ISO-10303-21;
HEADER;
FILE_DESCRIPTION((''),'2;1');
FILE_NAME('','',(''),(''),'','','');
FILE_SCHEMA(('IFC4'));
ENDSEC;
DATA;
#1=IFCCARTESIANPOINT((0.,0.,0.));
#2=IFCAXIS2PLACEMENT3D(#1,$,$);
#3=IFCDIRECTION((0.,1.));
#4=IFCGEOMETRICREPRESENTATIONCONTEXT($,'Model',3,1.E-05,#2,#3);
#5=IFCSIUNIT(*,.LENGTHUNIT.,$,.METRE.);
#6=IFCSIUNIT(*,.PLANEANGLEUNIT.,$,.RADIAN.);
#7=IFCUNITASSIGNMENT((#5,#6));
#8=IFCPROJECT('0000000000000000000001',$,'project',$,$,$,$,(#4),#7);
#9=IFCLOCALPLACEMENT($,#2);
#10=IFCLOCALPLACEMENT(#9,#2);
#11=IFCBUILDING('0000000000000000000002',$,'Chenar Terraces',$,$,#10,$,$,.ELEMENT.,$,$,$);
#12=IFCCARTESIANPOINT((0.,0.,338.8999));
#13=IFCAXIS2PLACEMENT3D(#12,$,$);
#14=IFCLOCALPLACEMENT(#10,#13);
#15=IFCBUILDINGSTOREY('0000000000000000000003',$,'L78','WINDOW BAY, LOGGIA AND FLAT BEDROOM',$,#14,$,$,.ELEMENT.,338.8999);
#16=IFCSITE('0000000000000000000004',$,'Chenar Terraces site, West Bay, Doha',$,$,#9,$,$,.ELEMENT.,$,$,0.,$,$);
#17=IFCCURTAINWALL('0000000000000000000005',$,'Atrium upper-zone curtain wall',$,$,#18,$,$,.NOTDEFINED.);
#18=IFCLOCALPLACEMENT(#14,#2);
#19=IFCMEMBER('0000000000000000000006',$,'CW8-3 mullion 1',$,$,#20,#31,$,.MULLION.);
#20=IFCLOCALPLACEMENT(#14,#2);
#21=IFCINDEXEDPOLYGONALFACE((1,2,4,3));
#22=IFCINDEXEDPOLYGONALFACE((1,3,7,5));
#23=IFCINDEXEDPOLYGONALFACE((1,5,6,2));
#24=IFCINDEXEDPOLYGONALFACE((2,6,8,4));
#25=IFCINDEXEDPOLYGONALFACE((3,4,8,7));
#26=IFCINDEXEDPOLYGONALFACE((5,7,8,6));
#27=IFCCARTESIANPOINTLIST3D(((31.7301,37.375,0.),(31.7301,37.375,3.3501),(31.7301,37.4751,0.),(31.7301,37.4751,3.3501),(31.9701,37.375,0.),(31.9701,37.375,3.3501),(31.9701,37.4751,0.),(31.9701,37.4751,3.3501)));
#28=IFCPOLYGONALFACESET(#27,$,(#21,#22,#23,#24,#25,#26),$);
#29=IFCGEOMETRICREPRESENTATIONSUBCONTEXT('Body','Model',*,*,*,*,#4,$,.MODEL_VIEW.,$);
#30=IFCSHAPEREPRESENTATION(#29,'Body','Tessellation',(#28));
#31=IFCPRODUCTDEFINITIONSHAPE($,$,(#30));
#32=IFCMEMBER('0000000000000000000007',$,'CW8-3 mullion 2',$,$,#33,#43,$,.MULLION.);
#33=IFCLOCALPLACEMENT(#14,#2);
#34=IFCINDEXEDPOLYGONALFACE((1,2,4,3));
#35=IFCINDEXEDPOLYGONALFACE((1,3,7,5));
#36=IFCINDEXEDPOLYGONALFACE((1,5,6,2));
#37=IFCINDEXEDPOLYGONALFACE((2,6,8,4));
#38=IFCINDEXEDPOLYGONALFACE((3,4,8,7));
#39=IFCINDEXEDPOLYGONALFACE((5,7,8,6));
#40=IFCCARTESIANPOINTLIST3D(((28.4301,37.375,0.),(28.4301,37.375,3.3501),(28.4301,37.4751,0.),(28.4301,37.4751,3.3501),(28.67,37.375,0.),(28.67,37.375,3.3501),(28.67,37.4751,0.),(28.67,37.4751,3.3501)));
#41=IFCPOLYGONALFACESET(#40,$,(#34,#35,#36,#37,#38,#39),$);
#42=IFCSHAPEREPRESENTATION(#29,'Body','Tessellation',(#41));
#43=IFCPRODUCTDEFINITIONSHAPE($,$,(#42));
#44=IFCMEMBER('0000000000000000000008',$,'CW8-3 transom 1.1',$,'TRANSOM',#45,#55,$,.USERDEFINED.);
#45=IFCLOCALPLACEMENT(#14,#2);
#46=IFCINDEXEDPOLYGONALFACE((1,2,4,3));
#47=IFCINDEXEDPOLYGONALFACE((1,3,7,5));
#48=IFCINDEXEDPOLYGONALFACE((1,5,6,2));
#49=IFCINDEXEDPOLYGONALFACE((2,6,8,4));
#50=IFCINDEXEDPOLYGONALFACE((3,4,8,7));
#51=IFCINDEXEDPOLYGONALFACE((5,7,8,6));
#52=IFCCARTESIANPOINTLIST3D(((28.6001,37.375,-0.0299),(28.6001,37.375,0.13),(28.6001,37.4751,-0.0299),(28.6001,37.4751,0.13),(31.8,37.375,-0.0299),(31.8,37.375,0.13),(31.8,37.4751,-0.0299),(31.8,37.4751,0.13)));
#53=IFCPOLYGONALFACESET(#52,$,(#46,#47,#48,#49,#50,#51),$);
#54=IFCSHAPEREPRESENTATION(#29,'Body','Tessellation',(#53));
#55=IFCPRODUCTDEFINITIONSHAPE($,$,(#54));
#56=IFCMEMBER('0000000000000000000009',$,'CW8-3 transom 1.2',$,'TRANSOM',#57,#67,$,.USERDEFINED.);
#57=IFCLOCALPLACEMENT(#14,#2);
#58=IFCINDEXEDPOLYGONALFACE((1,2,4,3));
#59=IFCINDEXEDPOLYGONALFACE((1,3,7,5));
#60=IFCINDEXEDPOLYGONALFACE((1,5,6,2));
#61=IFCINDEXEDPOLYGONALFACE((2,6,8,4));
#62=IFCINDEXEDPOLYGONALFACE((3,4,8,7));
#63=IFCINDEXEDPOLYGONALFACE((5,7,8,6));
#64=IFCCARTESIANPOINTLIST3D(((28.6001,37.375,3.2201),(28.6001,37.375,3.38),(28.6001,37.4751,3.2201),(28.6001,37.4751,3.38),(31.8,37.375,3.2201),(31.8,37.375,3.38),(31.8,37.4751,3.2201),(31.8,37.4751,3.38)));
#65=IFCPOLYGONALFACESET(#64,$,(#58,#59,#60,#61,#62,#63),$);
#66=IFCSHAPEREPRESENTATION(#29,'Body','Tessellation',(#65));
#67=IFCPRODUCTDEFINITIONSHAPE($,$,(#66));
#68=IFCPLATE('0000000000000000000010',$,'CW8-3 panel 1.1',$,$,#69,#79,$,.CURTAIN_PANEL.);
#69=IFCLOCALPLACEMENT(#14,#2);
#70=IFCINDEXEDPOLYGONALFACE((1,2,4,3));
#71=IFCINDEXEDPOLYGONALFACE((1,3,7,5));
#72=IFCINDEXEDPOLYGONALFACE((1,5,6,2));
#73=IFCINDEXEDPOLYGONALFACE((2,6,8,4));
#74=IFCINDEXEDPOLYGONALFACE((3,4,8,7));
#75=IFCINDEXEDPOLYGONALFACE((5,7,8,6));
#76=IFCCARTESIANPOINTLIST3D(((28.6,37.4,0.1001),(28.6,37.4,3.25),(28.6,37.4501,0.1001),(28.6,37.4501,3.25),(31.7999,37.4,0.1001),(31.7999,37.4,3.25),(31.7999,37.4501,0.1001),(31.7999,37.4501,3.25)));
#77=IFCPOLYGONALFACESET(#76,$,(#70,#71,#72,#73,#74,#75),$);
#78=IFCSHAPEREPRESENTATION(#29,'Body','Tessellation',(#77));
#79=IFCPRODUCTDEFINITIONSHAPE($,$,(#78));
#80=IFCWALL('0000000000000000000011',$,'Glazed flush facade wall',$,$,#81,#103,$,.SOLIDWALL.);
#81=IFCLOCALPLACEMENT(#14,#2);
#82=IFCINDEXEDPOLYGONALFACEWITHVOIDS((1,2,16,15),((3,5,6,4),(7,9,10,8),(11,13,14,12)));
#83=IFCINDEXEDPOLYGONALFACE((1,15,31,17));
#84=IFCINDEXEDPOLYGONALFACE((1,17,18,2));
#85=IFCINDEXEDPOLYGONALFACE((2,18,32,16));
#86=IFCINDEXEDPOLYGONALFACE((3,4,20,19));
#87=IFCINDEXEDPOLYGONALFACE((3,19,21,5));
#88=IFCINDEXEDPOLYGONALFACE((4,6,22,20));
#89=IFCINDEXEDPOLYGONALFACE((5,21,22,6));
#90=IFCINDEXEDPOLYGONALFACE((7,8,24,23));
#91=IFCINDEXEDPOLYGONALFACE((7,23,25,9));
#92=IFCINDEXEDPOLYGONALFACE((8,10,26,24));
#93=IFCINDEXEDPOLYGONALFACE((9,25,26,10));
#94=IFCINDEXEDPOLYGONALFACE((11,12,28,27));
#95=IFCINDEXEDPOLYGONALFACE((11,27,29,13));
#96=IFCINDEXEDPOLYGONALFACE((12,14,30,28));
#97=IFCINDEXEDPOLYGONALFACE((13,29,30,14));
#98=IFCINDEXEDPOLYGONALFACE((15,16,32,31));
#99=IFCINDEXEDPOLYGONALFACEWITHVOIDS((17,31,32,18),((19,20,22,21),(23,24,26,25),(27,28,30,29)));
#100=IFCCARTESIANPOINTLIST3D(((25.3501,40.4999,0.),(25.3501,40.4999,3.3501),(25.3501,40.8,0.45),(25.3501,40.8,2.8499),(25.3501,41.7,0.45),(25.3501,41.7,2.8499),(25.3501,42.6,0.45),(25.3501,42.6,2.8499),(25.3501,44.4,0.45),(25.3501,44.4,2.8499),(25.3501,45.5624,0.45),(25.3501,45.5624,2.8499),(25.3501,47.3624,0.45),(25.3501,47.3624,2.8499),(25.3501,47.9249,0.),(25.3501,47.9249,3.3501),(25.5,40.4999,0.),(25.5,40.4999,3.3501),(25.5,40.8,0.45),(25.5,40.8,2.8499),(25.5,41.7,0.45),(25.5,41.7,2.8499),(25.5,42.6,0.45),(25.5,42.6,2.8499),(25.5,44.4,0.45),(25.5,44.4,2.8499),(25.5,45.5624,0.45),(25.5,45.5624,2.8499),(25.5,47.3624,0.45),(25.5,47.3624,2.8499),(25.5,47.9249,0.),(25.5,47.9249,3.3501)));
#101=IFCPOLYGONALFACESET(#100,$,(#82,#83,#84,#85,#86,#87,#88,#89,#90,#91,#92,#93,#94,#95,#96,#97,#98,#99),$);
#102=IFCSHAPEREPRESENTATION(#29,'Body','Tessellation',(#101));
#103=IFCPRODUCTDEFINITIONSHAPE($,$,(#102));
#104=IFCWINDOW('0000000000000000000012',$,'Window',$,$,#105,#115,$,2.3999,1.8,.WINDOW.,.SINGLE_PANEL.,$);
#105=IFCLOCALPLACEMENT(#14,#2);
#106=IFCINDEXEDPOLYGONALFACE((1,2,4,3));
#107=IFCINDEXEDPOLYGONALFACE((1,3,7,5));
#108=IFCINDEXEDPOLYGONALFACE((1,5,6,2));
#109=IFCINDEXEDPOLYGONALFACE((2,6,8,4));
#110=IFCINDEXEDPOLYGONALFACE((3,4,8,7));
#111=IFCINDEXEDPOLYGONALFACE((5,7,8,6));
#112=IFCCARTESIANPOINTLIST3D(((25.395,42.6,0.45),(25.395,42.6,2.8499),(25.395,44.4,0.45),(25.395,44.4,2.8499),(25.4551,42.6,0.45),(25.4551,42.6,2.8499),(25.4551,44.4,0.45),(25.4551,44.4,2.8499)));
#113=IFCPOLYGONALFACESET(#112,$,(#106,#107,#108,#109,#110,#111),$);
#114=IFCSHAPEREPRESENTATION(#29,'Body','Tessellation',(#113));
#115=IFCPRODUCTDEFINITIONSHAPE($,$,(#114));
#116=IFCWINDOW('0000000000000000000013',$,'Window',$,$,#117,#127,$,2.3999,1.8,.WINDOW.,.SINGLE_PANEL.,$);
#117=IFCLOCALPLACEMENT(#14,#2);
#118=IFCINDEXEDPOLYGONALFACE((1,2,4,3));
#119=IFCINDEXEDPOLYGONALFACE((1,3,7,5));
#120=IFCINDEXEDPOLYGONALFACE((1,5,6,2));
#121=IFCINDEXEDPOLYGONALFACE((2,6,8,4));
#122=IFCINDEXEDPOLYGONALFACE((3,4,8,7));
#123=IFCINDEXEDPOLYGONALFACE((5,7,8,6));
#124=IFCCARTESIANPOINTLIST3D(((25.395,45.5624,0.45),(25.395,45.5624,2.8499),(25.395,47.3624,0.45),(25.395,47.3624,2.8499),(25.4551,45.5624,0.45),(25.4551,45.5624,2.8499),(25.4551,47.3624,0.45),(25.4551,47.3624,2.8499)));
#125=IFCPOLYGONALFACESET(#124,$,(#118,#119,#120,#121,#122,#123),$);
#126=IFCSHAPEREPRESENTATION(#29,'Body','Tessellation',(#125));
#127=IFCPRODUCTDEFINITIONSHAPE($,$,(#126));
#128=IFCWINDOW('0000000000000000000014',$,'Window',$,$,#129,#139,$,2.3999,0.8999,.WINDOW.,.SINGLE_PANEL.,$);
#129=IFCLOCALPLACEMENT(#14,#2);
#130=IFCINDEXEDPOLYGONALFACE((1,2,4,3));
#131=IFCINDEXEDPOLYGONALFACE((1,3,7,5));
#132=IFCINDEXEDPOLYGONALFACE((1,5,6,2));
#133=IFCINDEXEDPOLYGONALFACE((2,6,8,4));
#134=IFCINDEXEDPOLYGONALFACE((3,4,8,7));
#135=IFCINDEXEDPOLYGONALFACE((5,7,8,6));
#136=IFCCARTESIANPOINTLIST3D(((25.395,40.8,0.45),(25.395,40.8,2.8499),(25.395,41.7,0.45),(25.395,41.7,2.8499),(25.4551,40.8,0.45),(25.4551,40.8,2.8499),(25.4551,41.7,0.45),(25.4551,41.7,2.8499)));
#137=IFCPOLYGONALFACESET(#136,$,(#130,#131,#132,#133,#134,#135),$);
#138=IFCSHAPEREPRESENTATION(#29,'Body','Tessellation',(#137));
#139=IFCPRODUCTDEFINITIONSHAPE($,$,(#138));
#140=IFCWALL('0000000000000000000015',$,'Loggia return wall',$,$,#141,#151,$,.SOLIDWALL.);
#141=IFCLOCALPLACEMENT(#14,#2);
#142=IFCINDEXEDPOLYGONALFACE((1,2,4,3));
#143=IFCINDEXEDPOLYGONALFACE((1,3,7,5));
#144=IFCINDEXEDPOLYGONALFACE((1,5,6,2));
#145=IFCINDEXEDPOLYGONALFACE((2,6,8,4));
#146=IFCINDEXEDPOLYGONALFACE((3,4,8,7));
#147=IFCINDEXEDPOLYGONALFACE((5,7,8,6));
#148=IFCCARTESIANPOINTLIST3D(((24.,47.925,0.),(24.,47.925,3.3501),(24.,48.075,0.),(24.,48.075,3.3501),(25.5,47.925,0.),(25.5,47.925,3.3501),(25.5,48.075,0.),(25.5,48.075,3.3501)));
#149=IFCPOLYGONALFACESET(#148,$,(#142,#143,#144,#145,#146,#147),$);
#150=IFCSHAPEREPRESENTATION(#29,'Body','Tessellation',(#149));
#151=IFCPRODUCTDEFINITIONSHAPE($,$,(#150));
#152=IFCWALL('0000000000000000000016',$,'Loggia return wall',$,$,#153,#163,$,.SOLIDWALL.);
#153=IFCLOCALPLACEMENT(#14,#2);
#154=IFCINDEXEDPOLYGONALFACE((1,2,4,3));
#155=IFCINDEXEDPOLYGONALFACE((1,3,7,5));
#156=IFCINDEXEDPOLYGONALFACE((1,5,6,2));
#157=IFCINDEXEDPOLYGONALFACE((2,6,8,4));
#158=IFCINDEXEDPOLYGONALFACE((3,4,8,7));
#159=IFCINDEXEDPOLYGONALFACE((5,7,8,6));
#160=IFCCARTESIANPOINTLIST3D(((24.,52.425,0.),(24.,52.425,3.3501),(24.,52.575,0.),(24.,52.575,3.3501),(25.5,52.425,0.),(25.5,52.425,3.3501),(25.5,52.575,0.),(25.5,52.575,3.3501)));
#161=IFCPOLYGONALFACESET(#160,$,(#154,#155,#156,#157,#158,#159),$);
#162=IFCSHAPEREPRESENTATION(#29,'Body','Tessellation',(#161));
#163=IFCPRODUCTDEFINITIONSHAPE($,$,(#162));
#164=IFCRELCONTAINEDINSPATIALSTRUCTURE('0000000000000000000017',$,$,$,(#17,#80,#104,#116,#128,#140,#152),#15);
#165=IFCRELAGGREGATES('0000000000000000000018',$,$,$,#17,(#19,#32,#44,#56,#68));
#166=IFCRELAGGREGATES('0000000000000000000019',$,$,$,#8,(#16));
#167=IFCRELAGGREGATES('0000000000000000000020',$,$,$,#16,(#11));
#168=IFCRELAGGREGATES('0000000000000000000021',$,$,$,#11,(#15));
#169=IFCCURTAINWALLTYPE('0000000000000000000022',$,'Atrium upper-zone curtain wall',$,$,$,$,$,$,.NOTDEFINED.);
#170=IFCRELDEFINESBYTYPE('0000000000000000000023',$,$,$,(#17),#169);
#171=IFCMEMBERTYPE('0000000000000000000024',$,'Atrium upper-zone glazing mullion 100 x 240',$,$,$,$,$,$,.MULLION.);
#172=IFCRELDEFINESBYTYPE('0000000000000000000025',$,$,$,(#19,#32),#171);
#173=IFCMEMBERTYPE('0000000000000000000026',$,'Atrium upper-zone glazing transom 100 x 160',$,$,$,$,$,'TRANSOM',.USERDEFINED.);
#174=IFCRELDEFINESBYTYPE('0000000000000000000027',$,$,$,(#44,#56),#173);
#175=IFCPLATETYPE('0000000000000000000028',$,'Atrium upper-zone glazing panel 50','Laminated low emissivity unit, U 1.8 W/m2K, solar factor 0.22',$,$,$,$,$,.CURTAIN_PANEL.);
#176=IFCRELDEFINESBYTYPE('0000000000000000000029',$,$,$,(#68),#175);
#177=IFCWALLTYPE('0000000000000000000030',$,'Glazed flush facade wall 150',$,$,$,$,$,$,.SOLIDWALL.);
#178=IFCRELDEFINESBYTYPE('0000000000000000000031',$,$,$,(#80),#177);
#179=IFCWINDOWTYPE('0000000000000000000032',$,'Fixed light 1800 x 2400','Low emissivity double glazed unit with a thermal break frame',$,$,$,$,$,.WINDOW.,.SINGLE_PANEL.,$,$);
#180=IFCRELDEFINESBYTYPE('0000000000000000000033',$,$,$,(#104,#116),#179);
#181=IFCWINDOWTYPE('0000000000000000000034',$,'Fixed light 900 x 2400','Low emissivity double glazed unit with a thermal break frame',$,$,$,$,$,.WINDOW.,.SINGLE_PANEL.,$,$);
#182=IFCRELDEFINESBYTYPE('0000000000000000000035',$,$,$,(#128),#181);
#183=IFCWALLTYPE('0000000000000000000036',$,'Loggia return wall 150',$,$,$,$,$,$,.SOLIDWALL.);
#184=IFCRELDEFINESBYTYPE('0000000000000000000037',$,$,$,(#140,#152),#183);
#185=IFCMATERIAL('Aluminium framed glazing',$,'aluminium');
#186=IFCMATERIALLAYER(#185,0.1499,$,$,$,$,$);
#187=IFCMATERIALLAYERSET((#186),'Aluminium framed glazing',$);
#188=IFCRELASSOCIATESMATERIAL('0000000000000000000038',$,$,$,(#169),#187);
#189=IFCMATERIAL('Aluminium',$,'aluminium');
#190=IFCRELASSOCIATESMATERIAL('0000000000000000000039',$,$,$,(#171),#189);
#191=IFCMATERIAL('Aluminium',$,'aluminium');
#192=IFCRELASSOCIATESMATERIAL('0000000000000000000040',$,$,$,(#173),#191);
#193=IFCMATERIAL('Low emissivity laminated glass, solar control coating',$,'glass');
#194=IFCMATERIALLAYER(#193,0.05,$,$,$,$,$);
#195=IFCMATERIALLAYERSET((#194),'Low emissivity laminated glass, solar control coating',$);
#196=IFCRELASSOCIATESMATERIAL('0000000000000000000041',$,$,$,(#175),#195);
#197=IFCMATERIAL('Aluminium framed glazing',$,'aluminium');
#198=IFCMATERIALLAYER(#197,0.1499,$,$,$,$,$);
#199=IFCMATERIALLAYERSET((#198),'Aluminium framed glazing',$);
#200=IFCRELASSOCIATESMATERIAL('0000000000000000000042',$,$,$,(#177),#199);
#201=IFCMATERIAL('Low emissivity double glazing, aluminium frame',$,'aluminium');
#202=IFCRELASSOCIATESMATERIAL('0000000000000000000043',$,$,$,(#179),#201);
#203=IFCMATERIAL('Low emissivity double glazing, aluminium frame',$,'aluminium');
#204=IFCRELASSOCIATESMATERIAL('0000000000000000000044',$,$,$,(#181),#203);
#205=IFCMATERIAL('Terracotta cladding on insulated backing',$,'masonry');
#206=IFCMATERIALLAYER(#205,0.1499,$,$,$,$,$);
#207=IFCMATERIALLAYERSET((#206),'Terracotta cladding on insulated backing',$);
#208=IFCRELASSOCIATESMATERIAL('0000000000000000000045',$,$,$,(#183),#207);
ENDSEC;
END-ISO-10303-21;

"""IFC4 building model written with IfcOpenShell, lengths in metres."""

from ifc_helpers import new_model, si_unit, direction, frame, frame_2d, origin, origin_2d, place, context, subcontext, project, spatial, rectangle, extrude, material, layer, layer_set, material_profile, profile_set, type_object, element, fill, aggregate, save


model = new_model("IFC4")

# Units and contexts
model_context = context("Model", 3, precision=1e-05, world=origin(), true_north=direction((0.0, 1.0)))
body_context = subcontext(model_context, "Body", "Model", "MODEL_VIEW")
ifc_project = project(units=[si_unit("LENGTHUNIT", "METRE"), si_unit("PLANEANGLEUNIT", "RADIAN")], contexts=[model_context])

# Site, building, storey
site_placement = place(None, origin())
site = spatial("IfcSite", under=ifc_project, at=site_placement, Name="Chenar Terraces site, West Bay, Doha", CompositionType="ELEMENT", RefElevation=0.0)
building_placement = place(site_placement, origin())
building = spatial("IfcBuilding", under=site, at=building_placement, Name="Chenar Terraces", CompositionType="ELEMENT")
storey_placement = place(building_placement, frame((0.0, 0.0, 338.8999)))
storey = spatial("IfcBuildingStorey", under=building, at=storey_placement, Name="L78", Description="WINDOW BAY, LOGGIA AND FLAT BEDROOM", CompositionType="ELEMENT", Elevation=338.8999)

# Curtain wall, members, plate
ifc_material_1 = material(Name="Aluminium framed glazing", Category="aluminium")
ifc_layer_1 = layer(ifc_material_1, 0.1499)
ifc_layer_set_1 = layer_set([ifc_layer_1], Name="Aluminium framed glazing")
curtain_wall_type = type_object("IfcCurtainWallType", Name="Atrium upper-zone curtain wall", PredefinedType="NOTDEFINED", material=ifc_layer_set_1)
curtain_wall_placement = place(storey_placement, origin())
curtain_wall = element("IfcCurtainWall", 1, at=curtain_wall_placement, inside=storey, type_object=curtain_wall_type, Name="Atrium upper-zone curtain wall", PredefinedType="NOTDEFINED")
ifc_material_2 = material(Name="Aluminium", Category="aluminium")
ifc_material_profile_1 = material_profile(ifc_material_2, rectangle(XDim=0.1001, YDim=0.24, at=origin_2d()), Name="Atrium upper-zone glazing mullion 100 x 240")
ifc_profile_set_1 = profile_set([ifc_material_profile_1], Name="Aluminium")
member_type_1 = type_object("IfcMemberType", Name="Atrium upper-zone glazing mullion 100 x 240", PredefinedType="MULLION", material=ifc_profile_set_1)
member_1_placement = place(storey_placement, frame((31.8501, 37.425, 0.0), z_axis=(0.0, 0.0, 1.0), x_axis=(0.0, -1.0, 0.0)))
member_1 = element("IfcMember", 2, at=member_1_placement, type_object=member_type_1, Name="CW8-3 mullion 1", PredefinedType="MULLION", context=body_context, shape_type="SweptSolid", body=[
    extrude(rectangle(XDim=0.1001, YDim=0.24, at=origin_2d()), origin(), (0.0, 0.0, 1.0), 3.3501),
])
member_2_placement = place(storey_placement, frame((28.55, 37.425, 0.0), z_axis=(0.0, 0.0, 1.0), x_axis=(0.0, -1.0, 0.0)))
member_2 = element("IfcMember", 3, at=member_2_placement, type_object=member_type_1, Name="CW8-3 mullion 2", PredefinedType="MULLION", context=body_context, shape_type="SweptSolid", body=[
    extrude(rectangle(XDim=0.1001, YDim=0.24, at=origin_2d()), origin(), (0.0, 0.0, 1.0), 3.3501),
])
ifc_material_3 = material(Name="Aluminium", Category="aluminium")
ifc_material_profile_2 = material_profile(ifc_material_3, rectangle(XDim=0.1001, YDim=0.1599, at=origin_2d()), Name="Atrium upper-zone glazing transom 100 x 160")
ifc_profile_set_2 = profile_set([ifc_material_profile_2], Name="Aluminium")
member_type_2 = type_object("IfcMemberType", Name="Atrium upper-zone glazing transom 100 x 160", ElementType="TRANSOM", PredefinedType="USERDEFINED", material=ifc_profile_set_2)
member_3_placement = place(storey_placement, frame((31.8, 37.425, 0.05), z_axis=(-1.0, 0.0, 0.0), x_axis=(0.0, -1.0, 0.0)))
member_3 = element("IfcMember", 4, at=member_3_placement, type_object=member_type_2, Name="CW8-3 transom 1.1", ObjectType="TRANSOM", PredefinedType="USERDEFINED", context=body_context, shape_type="SweptSolid", body=[
    extrude(rectangle(XDim=0.1001, YDim=0.1599, at=origin_2d()), origin(), (0.0, 0.0, 1.0), 3.2),
])
member_4_placement = place(storey_placement, frame((31.8, 37.425, 3.3), z_axis=(-1.0, 0.0, 0.0), x_axis=(0.0, -1.0, 0.0)))
member_4 = element("IfcMember", 5, at=member_4_placement, type_object=member_type_2, Name="CW8-3 transom 1.2", ObjectType="TRANSOM", PredefinedType="USERDEFINED", context=body_context, shape_type="SweptSolid", body=[
    extrude(rectangle(XDim=0.1001, YDim=0.1599, at=origin_2d()), origin(), (0.0, 0.0, 1.0), 3.2),
])
ifc_material_4 = material(Name="Low emissivity laminated glass, solar control coating", Category="glass")
ifc_layer_2 = layer(ifc_material_4, 0.05)
ifc_layer_set_2 = layer_set([ifc_layer_2], Name="Low emissivity laminated glass, solar control coating")
plate_type = type_object("IfcPlateType", Name="Atrium upper-zone glazing panel 50", Description="Laminated low emissivity unit, U 1.8 W/m2K, solar factor 0.22", PredefinedType="CURTAIN_PANEL", material=ifc_layer_set_2)
plate_placement = place(storey_placement, frame((30.2, 37.425, 0.1001), z_axis=(0.0, 0.0, 1.0), x_axis=(-1.0, 0.0, 0.0)))
plate = element("IfcPlate", 6, at=plate_placement, type_object=plate_type, Name="CW8-3 panel 1.1", PredefinedType="CURTAIN_PANEL", context=body_context, shape_type="SweptSolid", body=[
    extrude(rectangle(XDim=3.2, YDim=0.05, at=origin_2d()), origin(), (0.0, 0.0, 1.0), 3.1499),
])
aggregate(curtain_wall, [member_1, member_2, member_3, member_4, plate])

# Wall, openings, windows
ifc_material_5 = material(Name="Aluminium framed glazing", Category="aluminium")
ifc_layer_3 = layer(ifc_material_5, 0.1499)
ifc_layer_set_3 = layer_set([ifc_layer_3], Name="Aluminium framed glazing")
wall_type_1 = type_object("IfcWallType", Name="Glazed flush facade wall 150", PredefinedType="SOLIDWALL", material=ifc_layer_set_3)
wall_1_placement = place(storey_placement, frame((25.425, 40.5, 0.0), z_axis=(0.0, 0.0, 1.0), x_axis=(0.0, 1.0, 0.0)))
wall_1 = element("IfcWall", 7, at=wall_1_placement, inside=storey, type_object=wall_type_1, Name="Glazed flush facade wall", PredefinedType="SOLIDWALL", context=body_context, shape_type="SweptSolid", body=[
    extrude(rectangle(XDim=7.425, YDim=0.1499, at=frame_2d((3.7124, 0.0))), origin(), (0.0, 0.0, 1.0), 3.3501),
])
opening_1_placement = place(wall_1_placement, frame((0.3, 0.0, 0.45)))
opening_1 = element("IfcOpeningElement", 8, at=opening_1_placement, cuts=wall_1, PredefinedType="OPENING", context=body_context, shape_type="SweptSolid", body=[
    extrude(rectangle(XDim=0.8999, YDim=2.3999, at=frame_2d((0.45, 1.2))), frame((0.0, 0.085, 0.0), z_axis=(0.0, -1.0, 0.0), x_axis=(1.0, 0.0, 0.0)), (0.0, 0.0, 1.0), 0.1699),
])
opening_2_placement = place(wall_1_placement, frame((2.1001, 0.0, 0.45)))
opening_2 = element("IfcOpeningElement", 9, at=opening_2_placement, cuts=wall_1, PredefinedType="OPENING", context=body_context, shape_type="SweptSolid", body=[
    extrude(rectangle(XDim=1.8, YDim=2.3999, at=frame_2d((0.8999, 1.2))), frame((0.0, 0.085, 0.0), z_axis=(0.0, -1.0, 0.0), x_axis=(1.0, 0.0, 0.0)), (0.0, 0.0, 1.0), 0.1699),
])
opening_3_placement = place(wall_1_placement, frame((5.0625, 0.0, 0.45)))
opening_3 = element("IfcOpeningElement", 10, at=opening_3_placement, cuts=wall_1, PredefinedType="OPENING", context=body_context, shape_type="SweptSolid", body=[
    extrude(rectangle(XDim=1.8, YDim=2.3999, at=frame_2d((0.8999, 1.2))), frame((0.0, 0.085, 0.0), z_axis=(0.0, -1.0, 0.0), x_axis=(1.0, 0.0, 0.0)), (0.0, 0.0, 1.0), 0.1699),
])
ifc_material_6 = material(Name="Low emissivity double glazing, aluminium frame", Category="aluminium")
window_type_1 = type_object("IfcWindowType", Name="Fixed light 1800 x 2400", Description="Low emissivity double glazed unit with a thermal break frame", PartitioningType="SINGLE_PANEL", PredefinedType="WINDOW", material=ifc_material_6)
window_1_placement = place(opening_2_placement, origin())
window_1 = element("IfcWindow", 11, at=window_1_placement, inside=storey, type_object=window_type_1, Name="Window", OverallHeight=2.3999, OverallWidth=1.8, PartitioningType="SINGLE_PANEL", PredefinedType="WINDOW", context=body_context, shape_type="SweptSolid", body=[
    extrude(rectangle(XDim=1.8, YDim=2.3999, at=frame_2d((0.8999, 1.2))), frame((0.0, 0.03, 0.0), z_axis=(0.0, -1.0, 0.0), x_axis=(1.0, 0.0, 0.0)), (0.0, 0.0, 1.0), 0.0601),
])
fill(opening_2, window_1)
window_2_placement = place(opening_3_placement, origin())
window_2 = element("IfcWindow", 12, at=window_2_placement, inside=storey, type_object=window_type_1, Name="Window", OverallHeight=2.3999, OverallWidth=1.8, PartitioningType="SINGLE_PANEL", PredefinedType="WINDOW", context=body_context, shape_type="SweptSolid", body=[
    extrude(rectangle(XDim=1.8, YDim=2.3999, at=frame_2d((0.8999, 1.2))), frame((0.0, 0.03, 0.0), z_axis=(0.0, -1.0, 0.0), x_axis=(1.0, 0.0, 0.0)), (0.0, 0.0, 1.0), 0.0601),
])
fill(opening_3, window_2)
ifc_material_7 = material(Name="Low emissivity double glazing, aluminium frame", Category="aluminium")
window_type_2 = type_object("IfcWindowType", Name="Fixed light 900 x 2400", Description="Low emissivity double glazed unit with a thermal break frame", PartitioningType="SINGLE_PANEL", PredefinedType="WINDOW", material=ifc_material_7)
window_3_placement = place(opening_1_placement, origin())
window_3 = element("IfcWindow", 13, at=window_3_placement, inside=storey, type_object=window_type_2, Name="Window", OverallHeight=2.3999, OverallWidth=0.8999, PartitioningType="SINGLE_PANEL", PredefinedType="WINDOW", context=body_context, shape_type="SweptSolid", body=[
    extrude(rectangle(XDim=0.8999, YDim=2.3999, at=frame_2d((0.45, 1.2))), frame((0.0, 0.03, 0.0), z_axis=(0.0, -1.0, 0.0), x_axis=(1.0, 0.0, 0.0)), (0.0, 0.0, 1.0), 0.0601),
])
fill(opening_1, window_3)

# Walls
ifc_material_8 = material(Name="Terracotta cladding on insulated backing", Category="masonry")
ifc_layer_4 = layer(ifc_material_8, 0.1499)
ifc_layer_set_4 = layer_set([ifc_layer_4], Name="Terracotta cladding on insulated backing")
wall_type_2 = type_object("IfcWallType", Name="Loggia return wall 150", PredefinedType="SOLIDWALL", material=ifc_layer_set_4)
for number, where, z_axis, x_axis, name in (
    (14, (25.5, 48.0, 0.0), (0.0, 0.0, 1.0), (-1.0, 0.0, 0.0), "Loggia return wall"),
    (15, (25.5, 52.5, 0.0), (0.0, 0.0, 1.0), (-1.0, 0.0, 0.0), "Loggia return wall"),
):
    element("IfcWall", number, at=place(storey_placement, frame(where, z_axis=z_axis, x_axis=x_axis)), inside=storey, type_object=wall_type_2, Name=name, PredefinedType="SOLIDWALL", context=body_context, shape_type="SweptSolid", body=[
        extrude(rectangle(XDim=1.5, YDim=0.1499, at=frame_2d((0.75, 0.0))), origin(), (0.0, 0.0, 1.0), 3.3501),
    ])

save(model, "model.ifc")
